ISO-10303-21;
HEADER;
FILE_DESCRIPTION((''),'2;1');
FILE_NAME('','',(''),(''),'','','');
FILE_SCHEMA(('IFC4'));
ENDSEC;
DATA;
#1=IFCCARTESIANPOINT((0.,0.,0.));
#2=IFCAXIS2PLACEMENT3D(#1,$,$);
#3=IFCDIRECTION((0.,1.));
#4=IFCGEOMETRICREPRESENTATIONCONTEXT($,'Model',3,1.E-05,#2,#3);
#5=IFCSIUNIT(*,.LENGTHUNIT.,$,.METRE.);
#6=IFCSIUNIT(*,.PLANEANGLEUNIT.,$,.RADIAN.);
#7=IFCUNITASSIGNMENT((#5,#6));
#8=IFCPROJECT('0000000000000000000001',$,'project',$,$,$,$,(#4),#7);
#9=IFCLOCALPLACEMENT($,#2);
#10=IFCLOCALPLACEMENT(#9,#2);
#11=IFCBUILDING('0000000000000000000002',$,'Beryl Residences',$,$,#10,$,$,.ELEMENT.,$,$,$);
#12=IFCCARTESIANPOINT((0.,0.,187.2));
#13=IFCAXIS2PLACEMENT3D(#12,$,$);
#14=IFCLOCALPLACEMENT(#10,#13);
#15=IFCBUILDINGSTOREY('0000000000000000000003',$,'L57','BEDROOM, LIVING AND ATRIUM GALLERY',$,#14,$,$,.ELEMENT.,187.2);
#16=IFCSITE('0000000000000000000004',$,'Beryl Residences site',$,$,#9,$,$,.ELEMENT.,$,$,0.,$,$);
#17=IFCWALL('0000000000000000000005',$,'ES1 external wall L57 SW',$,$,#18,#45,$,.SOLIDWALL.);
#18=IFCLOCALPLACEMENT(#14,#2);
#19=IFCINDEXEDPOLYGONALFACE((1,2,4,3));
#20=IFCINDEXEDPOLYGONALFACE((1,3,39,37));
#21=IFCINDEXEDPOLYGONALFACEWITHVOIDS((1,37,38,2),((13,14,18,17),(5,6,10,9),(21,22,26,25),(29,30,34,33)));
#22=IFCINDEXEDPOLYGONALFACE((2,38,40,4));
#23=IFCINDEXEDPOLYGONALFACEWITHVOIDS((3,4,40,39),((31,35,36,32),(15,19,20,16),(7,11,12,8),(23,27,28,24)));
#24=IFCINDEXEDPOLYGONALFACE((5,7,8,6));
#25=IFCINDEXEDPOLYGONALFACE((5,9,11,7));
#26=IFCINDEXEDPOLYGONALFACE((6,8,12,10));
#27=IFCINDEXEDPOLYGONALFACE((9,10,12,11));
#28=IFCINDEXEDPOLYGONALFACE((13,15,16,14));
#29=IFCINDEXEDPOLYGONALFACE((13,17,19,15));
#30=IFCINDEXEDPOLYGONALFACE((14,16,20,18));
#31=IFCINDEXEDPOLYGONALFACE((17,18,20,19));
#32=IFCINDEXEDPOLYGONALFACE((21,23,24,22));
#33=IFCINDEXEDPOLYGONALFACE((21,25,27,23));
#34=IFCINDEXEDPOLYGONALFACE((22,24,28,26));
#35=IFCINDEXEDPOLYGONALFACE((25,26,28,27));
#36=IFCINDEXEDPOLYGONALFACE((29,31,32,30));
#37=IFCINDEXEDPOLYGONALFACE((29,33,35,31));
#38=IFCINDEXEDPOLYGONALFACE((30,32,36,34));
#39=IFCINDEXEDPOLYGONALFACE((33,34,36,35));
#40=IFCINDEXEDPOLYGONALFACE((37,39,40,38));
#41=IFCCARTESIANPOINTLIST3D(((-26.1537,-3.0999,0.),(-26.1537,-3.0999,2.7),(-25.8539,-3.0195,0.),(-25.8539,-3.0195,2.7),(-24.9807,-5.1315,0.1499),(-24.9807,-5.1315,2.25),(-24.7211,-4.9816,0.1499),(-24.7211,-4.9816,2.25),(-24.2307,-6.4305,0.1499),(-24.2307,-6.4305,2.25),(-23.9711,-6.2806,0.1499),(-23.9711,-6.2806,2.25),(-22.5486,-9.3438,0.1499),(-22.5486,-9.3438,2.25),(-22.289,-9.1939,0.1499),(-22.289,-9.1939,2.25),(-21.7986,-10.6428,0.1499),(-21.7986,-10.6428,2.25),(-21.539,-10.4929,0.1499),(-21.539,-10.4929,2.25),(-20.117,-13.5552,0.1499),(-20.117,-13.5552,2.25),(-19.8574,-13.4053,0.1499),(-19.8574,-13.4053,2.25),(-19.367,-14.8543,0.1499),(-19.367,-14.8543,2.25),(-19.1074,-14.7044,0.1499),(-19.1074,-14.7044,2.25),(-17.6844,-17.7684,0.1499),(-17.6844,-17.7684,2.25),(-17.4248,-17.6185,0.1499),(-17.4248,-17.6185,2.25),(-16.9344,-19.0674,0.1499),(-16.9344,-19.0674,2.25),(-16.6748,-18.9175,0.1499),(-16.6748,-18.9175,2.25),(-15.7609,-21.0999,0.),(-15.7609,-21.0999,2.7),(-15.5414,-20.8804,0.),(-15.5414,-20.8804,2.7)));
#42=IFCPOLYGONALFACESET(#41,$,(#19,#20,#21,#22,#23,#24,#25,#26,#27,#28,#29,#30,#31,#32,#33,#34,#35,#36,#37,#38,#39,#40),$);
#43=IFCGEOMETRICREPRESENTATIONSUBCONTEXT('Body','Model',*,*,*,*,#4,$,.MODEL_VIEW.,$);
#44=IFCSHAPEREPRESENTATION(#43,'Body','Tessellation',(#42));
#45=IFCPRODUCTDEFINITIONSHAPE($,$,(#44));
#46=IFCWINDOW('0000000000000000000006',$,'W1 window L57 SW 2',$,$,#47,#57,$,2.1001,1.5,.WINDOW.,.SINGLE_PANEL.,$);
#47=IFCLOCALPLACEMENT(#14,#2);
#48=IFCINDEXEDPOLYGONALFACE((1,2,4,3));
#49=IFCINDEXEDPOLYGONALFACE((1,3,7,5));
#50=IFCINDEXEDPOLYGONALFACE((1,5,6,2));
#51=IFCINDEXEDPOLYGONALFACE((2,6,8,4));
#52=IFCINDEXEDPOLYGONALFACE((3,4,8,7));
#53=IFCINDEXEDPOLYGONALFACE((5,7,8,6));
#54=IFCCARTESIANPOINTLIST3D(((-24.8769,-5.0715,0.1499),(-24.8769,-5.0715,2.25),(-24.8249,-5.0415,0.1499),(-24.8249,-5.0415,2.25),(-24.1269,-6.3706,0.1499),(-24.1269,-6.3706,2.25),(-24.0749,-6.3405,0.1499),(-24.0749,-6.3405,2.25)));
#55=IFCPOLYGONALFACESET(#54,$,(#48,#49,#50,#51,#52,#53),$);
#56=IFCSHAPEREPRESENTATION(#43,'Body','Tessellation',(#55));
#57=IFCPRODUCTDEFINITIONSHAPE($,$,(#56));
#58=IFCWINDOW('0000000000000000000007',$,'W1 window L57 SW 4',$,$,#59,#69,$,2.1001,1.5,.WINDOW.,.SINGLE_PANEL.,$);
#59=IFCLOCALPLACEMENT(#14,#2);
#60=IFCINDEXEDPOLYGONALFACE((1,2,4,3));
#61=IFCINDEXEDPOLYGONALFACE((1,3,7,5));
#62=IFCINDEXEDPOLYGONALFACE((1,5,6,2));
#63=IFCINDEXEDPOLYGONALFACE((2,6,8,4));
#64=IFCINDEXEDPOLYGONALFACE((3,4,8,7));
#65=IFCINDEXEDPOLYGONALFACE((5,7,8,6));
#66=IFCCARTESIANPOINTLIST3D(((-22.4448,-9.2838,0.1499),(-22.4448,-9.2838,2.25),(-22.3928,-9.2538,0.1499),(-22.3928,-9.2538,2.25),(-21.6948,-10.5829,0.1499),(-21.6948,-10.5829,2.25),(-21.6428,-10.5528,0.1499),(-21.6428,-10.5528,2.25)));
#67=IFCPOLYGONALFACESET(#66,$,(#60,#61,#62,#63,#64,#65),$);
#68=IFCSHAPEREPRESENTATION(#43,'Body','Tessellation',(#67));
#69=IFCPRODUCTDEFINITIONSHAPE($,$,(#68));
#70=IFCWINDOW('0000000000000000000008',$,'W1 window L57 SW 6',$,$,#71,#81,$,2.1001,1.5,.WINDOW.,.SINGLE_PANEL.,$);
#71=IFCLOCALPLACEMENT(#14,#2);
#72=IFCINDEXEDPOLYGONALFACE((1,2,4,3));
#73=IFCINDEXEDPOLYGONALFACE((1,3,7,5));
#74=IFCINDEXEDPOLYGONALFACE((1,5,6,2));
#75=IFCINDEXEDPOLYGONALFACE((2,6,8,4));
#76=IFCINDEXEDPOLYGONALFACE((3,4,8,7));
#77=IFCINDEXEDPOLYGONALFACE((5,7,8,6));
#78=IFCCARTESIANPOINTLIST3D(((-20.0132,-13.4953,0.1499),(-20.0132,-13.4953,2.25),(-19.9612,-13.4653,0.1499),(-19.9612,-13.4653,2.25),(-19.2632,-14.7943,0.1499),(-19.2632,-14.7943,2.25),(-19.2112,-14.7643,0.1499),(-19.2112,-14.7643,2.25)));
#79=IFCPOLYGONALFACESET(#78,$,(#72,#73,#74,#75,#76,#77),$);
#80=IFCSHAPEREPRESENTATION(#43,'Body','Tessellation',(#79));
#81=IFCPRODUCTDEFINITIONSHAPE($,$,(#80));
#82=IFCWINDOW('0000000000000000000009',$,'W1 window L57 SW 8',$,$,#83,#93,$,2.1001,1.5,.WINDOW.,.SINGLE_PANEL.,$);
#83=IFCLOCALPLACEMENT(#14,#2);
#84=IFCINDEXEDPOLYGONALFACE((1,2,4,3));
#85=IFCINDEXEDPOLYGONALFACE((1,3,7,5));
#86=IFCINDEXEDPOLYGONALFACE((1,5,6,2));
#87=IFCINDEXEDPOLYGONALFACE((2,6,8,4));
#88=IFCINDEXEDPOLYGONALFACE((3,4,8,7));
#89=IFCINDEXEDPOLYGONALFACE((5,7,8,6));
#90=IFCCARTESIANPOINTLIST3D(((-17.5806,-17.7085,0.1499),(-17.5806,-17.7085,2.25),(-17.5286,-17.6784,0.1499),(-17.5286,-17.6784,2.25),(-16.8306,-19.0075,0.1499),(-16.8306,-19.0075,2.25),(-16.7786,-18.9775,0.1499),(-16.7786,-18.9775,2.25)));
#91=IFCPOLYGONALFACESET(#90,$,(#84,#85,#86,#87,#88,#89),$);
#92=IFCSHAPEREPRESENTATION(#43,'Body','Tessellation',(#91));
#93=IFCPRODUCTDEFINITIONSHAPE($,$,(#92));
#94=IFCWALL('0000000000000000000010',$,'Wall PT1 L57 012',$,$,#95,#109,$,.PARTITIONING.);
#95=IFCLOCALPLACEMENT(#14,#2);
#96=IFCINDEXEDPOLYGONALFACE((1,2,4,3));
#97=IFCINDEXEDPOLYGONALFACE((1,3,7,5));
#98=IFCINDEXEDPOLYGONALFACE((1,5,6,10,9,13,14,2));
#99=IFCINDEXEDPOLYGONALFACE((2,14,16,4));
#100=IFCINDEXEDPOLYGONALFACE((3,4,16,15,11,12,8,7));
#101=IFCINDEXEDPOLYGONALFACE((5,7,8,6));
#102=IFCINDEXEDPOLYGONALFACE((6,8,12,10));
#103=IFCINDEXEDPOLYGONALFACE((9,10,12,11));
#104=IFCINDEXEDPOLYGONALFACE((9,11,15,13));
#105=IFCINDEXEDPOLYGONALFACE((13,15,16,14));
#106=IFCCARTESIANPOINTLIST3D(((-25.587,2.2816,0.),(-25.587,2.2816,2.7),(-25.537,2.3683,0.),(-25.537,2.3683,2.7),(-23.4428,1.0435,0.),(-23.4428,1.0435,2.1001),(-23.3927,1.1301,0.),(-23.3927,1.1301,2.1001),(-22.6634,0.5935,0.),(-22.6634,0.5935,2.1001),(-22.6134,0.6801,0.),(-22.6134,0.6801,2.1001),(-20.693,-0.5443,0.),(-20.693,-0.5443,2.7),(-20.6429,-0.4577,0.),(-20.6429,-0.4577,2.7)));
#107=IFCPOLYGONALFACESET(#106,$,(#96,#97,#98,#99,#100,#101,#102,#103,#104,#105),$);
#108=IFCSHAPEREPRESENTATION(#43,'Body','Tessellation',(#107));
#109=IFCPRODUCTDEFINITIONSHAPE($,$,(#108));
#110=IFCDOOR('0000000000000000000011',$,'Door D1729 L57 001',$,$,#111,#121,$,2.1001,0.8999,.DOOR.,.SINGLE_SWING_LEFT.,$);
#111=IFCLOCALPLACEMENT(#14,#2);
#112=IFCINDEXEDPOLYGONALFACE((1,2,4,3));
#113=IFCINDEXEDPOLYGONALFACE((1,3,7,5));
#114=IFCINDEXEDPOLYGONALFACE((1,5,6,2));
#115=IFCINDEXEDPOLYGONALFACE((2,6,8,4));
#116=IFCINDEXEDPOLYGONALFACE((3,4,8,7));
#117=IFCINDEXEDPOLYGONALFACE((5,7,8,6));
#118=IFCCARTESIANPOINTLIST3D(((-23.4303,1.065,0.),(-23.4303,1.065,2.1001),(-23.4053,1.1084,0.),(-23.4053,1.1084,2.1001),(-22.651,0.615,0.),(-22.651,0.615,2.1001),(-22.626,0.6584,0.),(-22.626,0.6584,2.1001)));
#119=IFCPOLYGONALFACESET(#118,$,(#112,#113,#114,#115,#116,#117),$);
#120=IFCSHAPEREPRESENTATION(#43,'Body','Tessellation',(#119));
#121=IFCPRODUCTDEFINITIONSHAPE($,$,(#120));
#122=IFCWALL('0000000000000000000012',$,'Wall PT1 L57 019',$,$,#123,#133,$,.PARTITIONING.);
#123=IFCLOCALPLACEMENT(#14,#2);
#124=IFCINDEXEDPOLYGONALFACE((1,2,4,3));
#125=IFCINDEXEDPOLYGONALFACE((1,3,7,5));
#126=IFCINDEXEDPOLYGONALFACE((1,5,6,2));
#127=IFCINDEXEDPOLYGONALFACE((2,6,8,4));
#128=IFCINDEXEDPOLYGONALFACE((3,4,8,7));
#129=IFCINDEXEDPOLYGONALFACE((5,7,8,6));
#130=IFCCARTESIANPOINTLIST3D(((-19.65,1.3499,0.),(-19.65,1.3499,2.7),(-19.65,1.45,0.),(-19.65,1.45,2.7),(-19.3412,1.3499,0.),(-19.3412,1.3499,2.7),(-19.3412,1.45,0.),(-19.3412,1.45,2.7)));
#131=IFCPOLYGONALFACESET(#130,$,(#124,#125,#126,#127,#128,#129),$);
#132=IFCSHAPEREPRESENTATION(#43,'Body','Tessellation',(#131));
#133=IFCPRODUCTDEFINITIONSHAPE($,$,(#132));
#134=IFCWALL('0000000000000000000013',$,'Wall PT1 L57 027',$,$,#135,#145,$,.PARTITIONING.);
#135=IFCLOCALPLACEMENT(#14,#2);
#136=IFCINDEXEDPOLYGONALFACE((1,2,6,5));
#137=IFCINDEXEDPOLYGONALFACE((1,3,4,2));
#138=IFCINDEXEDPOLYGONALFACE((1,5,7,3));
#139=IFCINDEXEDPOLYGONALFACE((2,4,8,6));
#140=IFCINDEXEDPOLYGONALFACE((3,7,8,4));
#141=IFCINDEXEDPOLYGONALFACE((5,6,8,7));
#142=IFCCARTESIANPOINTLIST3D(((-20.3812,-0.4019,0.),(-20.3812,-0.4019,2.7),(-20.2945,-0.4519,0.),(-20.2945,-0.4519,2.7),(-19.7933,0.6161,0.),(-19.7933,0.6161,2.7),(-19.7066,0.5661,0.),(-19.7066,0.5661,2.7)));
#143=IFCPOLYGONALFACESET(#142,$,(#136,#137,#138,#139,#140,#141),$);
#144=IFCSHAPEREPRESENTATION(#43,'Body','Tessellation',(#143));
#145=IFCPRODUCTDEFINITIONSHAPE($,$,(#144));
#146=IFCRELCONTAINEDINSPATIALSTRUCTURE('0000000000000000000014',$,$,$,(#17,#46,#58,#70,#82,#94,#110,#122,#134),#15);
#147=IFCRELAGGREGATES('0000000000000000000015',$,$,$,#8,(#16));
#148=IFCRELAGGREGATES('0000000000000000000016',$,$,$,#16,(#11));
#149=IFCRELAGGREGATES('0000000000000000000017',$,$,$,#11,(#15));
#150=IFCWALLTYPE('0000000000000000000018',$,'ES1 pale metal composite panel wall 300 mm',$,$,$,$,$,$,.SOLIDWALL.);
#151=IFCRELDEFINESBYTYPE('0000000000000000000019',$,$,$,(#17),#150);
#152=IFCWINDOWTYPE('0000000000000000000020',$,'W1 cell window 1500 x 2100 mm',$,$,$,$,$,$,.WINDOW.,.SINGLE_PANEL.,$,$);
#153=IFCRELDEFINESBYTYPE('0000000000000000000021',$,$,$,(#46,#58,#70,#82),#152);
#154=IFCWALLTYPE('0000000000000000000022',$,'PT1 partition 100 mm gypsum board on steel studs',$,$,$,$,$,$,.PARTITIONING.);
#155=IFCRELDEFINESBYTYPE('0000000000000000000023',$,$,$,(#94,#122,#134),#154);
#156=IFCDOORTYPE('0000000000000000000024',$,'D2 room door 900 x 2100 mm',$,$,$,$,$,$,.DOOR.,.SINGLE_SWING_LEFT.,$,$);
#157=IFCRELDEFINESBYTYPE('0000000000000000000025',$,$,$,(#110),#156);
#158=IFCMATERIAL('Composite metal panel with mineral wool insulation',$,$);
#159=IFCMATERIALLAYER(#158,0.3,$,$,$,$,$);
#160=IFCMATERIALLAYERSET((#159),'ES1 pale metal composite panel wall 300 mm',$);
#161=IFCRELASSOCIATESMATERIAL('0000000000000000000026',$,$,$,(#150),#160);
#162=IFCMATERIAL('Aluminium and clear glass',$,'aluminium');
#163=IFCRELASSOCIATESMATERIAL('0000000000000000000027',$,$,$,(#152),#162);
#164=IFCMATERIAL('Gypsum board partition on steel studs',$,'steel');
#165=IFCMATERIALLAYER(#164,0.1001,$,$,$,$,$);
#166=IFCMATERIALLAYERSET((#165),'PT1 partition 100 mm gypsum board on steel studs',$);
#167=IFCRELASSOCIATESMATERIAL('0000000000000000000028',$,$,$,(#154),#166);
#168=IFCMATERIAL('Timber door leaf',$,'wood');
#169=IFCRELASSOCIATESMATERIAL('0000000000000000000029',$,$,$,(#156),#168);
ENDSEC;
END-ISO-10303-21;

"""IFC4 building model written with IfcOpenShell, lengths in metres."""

from ifc_helpers import new_model, si_unit, direction, frame, frame_2d, origin, place, context, subcontext, project, spatial, polyline, rectangle, outline, extrude, material, layer, layer_set, type_object, element, fill, save


model = new_model("IFC4")

# Units and contexts
model_context = context("Model", 3, precision=1e-05, world=origin(), true_north=direction((0.0, 1.0)))
body_context = subcontext(model_context, "Body", "Model", "MODEL_VIEW")
ifc_project = project(units=[si_unit("LENGTHUNIT", "METRE"), si_unit("PLANEANGLEUNIT", "RADIAN")], contexts=[model_context])

# Site, building, storey
site_placement = place(None, origin())
site = spatial("IfcSite", under=ifc_project, at=site_placement, Name="Beryl Residences site", CompositionType="ELEMENT", RefElevation=0.0)
building_placement = place(site_placement, origin())
building = spatial("IfcBuilding", under=site, at=building_placement, Name="Beryl Residences", CompositionType="ELEMENT")
storey_placement = place(building_placement, frame((0.0, 0.0, 187.2)))
storey = spatial("IfcBuildingStorey", under=building, at=storey_placement, Name="L57", Description="BEDROOM, LIVING AND ATRIUM GALLERY", CompositionType="ELEMENT", Elevation=187.2)

# Shared definitions
ifc_material_1 = material(Name="Composite metal panel with mineral wool insulation")
ifc_layer_1 = layer(ifc_material_1, 0.3)
ifc_layer_set_1 = layer_set([ifc_layer_1], Name="ES1 pale metal composite panel wall 300 mm")
wall_type_1 = type_object("IfcWallType", Name="ES1 pale metal composite panel wall 300 mm", PredefinedType="SOLIDWALL", material=ifc_layer_set_1)

# Wall, openings, windows
wall_1_placement = place(storey_placement, frame((-26.0239, -3.0249, 0.0), z_axis=(0.0, 0.0, 1.0), x_axis=(0.500019, -0.866015, 0.0)))
wall_1 = element("IfcWall", 1, at=wall_1_placement, inside=storey, type_object=wall_type_1, Name="ES1 external wall L57 SW", PredefinedType="SOLIDWALL", context=body_context, shape_type="SweptSolid", body=[
    extrude(outline(polyline([(0.0, -0.1499), (20.7849, -0.1499), (20.7046, 0.1499), (0.0803, 0.1499), (0.0, -0.1499)])), origin(), (0.0, 0.0, 1.0), 2.7),
])
opening_1_placement = place(wall_1_placement, frame((2.3459, 0.0, 0.1499)))
opening_1 = element("IfcOpeningElement", 2, at=opening_1_placement, cuts=wall_1, PredefinedType="OPENING", context=body_context, shape_type="SweptSolid", body=[
    extrude(rectangle(XDim=1.5, YDim=2.1001, at=frame_2d((0.75, 1.05))), frame((0.0, 0.1599, 0.0), z_axis=(0.0, -1.0, 0.0), x_axis=(1.0, 0.0, 0.0)), (0.0, 0.0, 1.0), 0.3201),
])
opening_2_placement = place(wall_1_placement, frame((7.21, 0.0, 0.1499)))
opening_2 = element("IfcOpeningElement", 3, at=opening_2_placement, cuts=wall_1, PredefinedType="OPENING", context=body_context, shape_type="SweptSolid", body=[
    extrude(rectangle(XDim=1.5, YDim=2.1001, at=frame_2d((0.75, 1.05))), frame((0.0, 0.1599, 0.0), z_axis=(0.0, -1.0, 0.0), x_axis=(1.0, 0.0, 0.0)), (0.0, 0.0, 1.0), 0.3201),
])
opening_3_placement = place(wall_1_placement, frame((12.073, 0.0, 0.1499)))
opening_3 = element("IfcOpeningElement", 4, at=opening_3_placement, cuts=wall_1, PredefinedType="OPENING", context=body_context, shape_type="SweptSolid", body=[
    extrude(rectangle(XDim=1.5, YDim=2.1001, at=frame_2d((0.75, 1.05))), frame((0.0, 0.1599, 0.0), z_axis=(0.0, -1.0, 0.0), x_axis=(1.0, 0.0, 0.0)), (0.0, 0.0, 1.0), 0.3201),
])
opening_4_placement = place(wall_1_placement, frame((16.938, 0.0, 0.1499)))
opening_4 = element("IfcOpeningElement", 5, at=opening_4_placement, cuts=wall_1, PredefinedType="OPENING", context=body_context, shape_type="SweptSolid", body=[
    extrude(rectangle(XDim=1.5, YDim=2.1001, at=frame_2d((0.75, 1.05))), frame((0.0, 0.1599, 0.0), z_axis=(0.0, -1.0, 0.0), x_axis=(1.0, 0.0, 0.0)), (0.0, 0.0, 1.0), 0.3201),
])
ifc_material_2 = material(Name="Aluminium and clear glass", Category="aluminium")
window_type_1 = type_object("IfcWindowType", Name="W1 cell window 1500 x 2100 mm", PartitioningType="SINGLE_PANEL", PredefinedType="WINDOW", material=ifc_material_2)
window_1_placement = place(opening_1_placement, origin())
window_1 = element("IfcWindow", 6, at=window_1_placement, inside=storey, type_object=window_type_1, Name="W1 window L57 SW 2", OverallHeight=2.1001, OverallWidth=1.5, PartitioningType="SINGLE_PANEL", PredefinedType="WINDOW", context=body_context, shape_type="SweptSolid", body=[
    extrude(rectangle(XDim=1.5, YDim=2.1001, at=frame_2d((0.75, 1.05))), frame((0.0, 0.03, 0.0), z_axis=(0.0, -1.0, 0.0), x_axis=(1.0, 0.0, 0.0)), (0.0, 0.0, 1.0), 0.0601),
])
fill(opening_1, window_1)
window_2_placement = place(opening_2_placement, origin())
window_2 = element("IfcWindow", 7, at=window_2_placement, inside=storey, type_object=window_type_1, Name="W1 window L57 SW 4", OverallHeight=2.1001, OverallWidth=1.5, PartitioningType="SINGLE_PANEL", PredefinedType="WINDOW", context=body_context, shape_type="SweptSolid", body=[
    extrude(rectangle(XDim=1.5, YDim=2.1001, at=frame_2d((0.75, 1.05))), frame((0.0, 0.03, 0.0), z_axis=(0.0, -1.0, 0.0), x_axis=(1.0, 0.0, 0.0)), (0.0, 0.0, 1.0), 0.0601),
])
fill(opening_2, window_2)
window_3_placement = place(opening_3_placement, origin())
window_3 = element("IfcWindow", 8, at=window_3_placement, inside=storey, type_object=window_type_1, Name="W1 window L57 SW 6", OverallHeight=2.1001, OverallWidth=1.5, PartitioningType="SINGLE_PANEL", PredefinedType="WINDOW", context=body_context, shape_type="SweptSolid", body=[
    extrude(rectangle(XDim=1.5, YDim=2.1001, at=frame_2d((0.75, 1.05))), frame((0.0, 0.03, 0.0), z_axis=(0.0, -1.0, 0.0), x_axis=(1.0, 0.0, 0.0)), (0.0, 0.0, 1.0), 0.0601),
])
fill(opening_3, window_3)
window_4_placement = place(opening_4_placement, origin())
window_4 = element("IfcWindow", 9, at=window_4_placement, inside=storey, type_object=window_type_1, Name="W1 window L57 SW 8", OverallHeight=2.1001, OverallWidth=1.5, PartitioningType="SINGLE_PANEL", PredefinedType="WINDOW", context=body_context, shape_type="SweptSolid", body=[
    extrude(rectangle(XDim=1.5, YDim=2.1001, at=frame_2d((0.75, 1.05))), frame((0.0, 0.03, 0.0), z_axis=(0.0, -1.0, 0.0), x_axis=(1.0, 0.0, 0.0)), (0.0, 0.0, 1.0), 0.0601),
])
fill(opening_4, window_4)

# Wall, opening, door
ifc_material_3 = material(Name="Gypsum board partition on steel studs", Category="steel")
ifc_layer_2 = layer(ifc_material_3, 0.1001)
ifc_layer_set_2 = layer_set([ifc_layer_2], Name="PT1 partition 100 mm gypsum board on steel studs")
wall_type_2 = type_object("IfcWallType", Name="PT1 partition 100 mm gypsum board on steel studs", PredefinedType="PARTITIONING", material=ifc_layer_set_2)
wall_2_placement = place(storey_placement, frame((-25.562, 2.325, 0.0), z_axis=(0.0, 0.0, 1.0), x_axis=(0.865999, -0.500047, 0.0)))
wall_2 = element("IfcWall", 10, at=wall_2_placement, inside=storey, type_object=wall_type_2, Name="Wall PT1 L57 012", PredefinedType="PARTITIONING", context=body_context, shape_type="SweptSolid", body=[
    extrude(rectangle(XDim=5.6514, YDim=0.1001, at=frame_2d((2.8257, 0.0))), origin(), (0.0, 0.0, 1.0), 2.7),
])
opening_5_placement = place(wall_2_placement, frame((2.4761, 0.0, 0.0)))
opening_5 = element("IfcOpeningElement", 11, at=opening_5_placement, cuts=wall_2, PredefinedType="OPENING", context=body_context, shape_type="SweptSolid", body=[
    extrude(rectangle(XDim=0.8999, YDim=2.1001, at=frame_2d((0.45, 1.05))), frame((0.0, 0.0601, 0.0), z_axis=(0.0, -1.0, 0.0), x_axis=(1.0, 0.0, 0.0)), (0.0, 0.0, 1.0), 0.1201),
])
ifc_material_4 = material(Name="Timber door leaf", Category="wood")
door_type = type_object("IfcDoorType", Name="D2 room door 900 x 2100 mm", OperationType="SINGLE_SWING_LEFT", PredefinedType="DOOR", material=ifc_material_4)
door_1_placement = place(opening_5_placement, origin())
door_1 = element("IfcDoor", 12, at=door_1_placement, inside=storey, type_object=door_type, Name="Door D1729 L57 001", OperationType="SINGLE_SWING_LEFT", OverallHeight=2.1001, OverallWidth=0.8999, PredefinedType="DOOR", context=body_context, shape_type="SweptSolid", body=[
    extrude(rectangle(XDim=0.8999, YDim=2.1001, at=frame_2d((0.45, 1.05))), frame((0.0, 0.0249, 0.0), z_axis=(0.0, -1.0, 0.0), x_axis=(1.0, 0.0, 0.0)), (0.0, 0.0, 1.0), 0.05),
])
fill(opening_5, door_1)

# Walls
wall_3_placement = place(storey_placement, frame((-19.6499, 1.3999, 0.0), z_axis=(0.0, 0.0, 1.0), x_axis=(1.0, 0.0, 0.0)))
element("IfcWall", 13, at=wall_3_placement, inside=storey, type_object=wall_type_2, Name="Wall PT1 L57 019", PredefinedType="PARTITIONING", context=body_context, shape_type="SweptSolid", body=[
    extrude(rectangle(XDim=0.3088, YDim=0.1001, at=frame_2d((0.1543, 0.0))), origin(), (0.0, 0.0, 1.0), 2.7),
])
wall_4_placement = place(storey_placement, frame((-20.3379, -0.427, 0.0), z_axis=(0.0, 0.0, 1.0), x_axis=(0.50007, 0.865985, 0.0)))
element("IfcWall", 14, at=wall_4_placement, inside=storey, type_object=wall_type_2, Name="Wall PT1 L57 027", PredefinedType="PARTITIONING", context=body_context, shape_type="SweptSolid", body=[
    extrude(rectangle(XDim=1.1755, YDim=0.1001, at=frame_2d((0.5879, 0.0))), origin(), (0.0, 0.0, 1.0), 2.7),
])

save(model, "model.ifc")
